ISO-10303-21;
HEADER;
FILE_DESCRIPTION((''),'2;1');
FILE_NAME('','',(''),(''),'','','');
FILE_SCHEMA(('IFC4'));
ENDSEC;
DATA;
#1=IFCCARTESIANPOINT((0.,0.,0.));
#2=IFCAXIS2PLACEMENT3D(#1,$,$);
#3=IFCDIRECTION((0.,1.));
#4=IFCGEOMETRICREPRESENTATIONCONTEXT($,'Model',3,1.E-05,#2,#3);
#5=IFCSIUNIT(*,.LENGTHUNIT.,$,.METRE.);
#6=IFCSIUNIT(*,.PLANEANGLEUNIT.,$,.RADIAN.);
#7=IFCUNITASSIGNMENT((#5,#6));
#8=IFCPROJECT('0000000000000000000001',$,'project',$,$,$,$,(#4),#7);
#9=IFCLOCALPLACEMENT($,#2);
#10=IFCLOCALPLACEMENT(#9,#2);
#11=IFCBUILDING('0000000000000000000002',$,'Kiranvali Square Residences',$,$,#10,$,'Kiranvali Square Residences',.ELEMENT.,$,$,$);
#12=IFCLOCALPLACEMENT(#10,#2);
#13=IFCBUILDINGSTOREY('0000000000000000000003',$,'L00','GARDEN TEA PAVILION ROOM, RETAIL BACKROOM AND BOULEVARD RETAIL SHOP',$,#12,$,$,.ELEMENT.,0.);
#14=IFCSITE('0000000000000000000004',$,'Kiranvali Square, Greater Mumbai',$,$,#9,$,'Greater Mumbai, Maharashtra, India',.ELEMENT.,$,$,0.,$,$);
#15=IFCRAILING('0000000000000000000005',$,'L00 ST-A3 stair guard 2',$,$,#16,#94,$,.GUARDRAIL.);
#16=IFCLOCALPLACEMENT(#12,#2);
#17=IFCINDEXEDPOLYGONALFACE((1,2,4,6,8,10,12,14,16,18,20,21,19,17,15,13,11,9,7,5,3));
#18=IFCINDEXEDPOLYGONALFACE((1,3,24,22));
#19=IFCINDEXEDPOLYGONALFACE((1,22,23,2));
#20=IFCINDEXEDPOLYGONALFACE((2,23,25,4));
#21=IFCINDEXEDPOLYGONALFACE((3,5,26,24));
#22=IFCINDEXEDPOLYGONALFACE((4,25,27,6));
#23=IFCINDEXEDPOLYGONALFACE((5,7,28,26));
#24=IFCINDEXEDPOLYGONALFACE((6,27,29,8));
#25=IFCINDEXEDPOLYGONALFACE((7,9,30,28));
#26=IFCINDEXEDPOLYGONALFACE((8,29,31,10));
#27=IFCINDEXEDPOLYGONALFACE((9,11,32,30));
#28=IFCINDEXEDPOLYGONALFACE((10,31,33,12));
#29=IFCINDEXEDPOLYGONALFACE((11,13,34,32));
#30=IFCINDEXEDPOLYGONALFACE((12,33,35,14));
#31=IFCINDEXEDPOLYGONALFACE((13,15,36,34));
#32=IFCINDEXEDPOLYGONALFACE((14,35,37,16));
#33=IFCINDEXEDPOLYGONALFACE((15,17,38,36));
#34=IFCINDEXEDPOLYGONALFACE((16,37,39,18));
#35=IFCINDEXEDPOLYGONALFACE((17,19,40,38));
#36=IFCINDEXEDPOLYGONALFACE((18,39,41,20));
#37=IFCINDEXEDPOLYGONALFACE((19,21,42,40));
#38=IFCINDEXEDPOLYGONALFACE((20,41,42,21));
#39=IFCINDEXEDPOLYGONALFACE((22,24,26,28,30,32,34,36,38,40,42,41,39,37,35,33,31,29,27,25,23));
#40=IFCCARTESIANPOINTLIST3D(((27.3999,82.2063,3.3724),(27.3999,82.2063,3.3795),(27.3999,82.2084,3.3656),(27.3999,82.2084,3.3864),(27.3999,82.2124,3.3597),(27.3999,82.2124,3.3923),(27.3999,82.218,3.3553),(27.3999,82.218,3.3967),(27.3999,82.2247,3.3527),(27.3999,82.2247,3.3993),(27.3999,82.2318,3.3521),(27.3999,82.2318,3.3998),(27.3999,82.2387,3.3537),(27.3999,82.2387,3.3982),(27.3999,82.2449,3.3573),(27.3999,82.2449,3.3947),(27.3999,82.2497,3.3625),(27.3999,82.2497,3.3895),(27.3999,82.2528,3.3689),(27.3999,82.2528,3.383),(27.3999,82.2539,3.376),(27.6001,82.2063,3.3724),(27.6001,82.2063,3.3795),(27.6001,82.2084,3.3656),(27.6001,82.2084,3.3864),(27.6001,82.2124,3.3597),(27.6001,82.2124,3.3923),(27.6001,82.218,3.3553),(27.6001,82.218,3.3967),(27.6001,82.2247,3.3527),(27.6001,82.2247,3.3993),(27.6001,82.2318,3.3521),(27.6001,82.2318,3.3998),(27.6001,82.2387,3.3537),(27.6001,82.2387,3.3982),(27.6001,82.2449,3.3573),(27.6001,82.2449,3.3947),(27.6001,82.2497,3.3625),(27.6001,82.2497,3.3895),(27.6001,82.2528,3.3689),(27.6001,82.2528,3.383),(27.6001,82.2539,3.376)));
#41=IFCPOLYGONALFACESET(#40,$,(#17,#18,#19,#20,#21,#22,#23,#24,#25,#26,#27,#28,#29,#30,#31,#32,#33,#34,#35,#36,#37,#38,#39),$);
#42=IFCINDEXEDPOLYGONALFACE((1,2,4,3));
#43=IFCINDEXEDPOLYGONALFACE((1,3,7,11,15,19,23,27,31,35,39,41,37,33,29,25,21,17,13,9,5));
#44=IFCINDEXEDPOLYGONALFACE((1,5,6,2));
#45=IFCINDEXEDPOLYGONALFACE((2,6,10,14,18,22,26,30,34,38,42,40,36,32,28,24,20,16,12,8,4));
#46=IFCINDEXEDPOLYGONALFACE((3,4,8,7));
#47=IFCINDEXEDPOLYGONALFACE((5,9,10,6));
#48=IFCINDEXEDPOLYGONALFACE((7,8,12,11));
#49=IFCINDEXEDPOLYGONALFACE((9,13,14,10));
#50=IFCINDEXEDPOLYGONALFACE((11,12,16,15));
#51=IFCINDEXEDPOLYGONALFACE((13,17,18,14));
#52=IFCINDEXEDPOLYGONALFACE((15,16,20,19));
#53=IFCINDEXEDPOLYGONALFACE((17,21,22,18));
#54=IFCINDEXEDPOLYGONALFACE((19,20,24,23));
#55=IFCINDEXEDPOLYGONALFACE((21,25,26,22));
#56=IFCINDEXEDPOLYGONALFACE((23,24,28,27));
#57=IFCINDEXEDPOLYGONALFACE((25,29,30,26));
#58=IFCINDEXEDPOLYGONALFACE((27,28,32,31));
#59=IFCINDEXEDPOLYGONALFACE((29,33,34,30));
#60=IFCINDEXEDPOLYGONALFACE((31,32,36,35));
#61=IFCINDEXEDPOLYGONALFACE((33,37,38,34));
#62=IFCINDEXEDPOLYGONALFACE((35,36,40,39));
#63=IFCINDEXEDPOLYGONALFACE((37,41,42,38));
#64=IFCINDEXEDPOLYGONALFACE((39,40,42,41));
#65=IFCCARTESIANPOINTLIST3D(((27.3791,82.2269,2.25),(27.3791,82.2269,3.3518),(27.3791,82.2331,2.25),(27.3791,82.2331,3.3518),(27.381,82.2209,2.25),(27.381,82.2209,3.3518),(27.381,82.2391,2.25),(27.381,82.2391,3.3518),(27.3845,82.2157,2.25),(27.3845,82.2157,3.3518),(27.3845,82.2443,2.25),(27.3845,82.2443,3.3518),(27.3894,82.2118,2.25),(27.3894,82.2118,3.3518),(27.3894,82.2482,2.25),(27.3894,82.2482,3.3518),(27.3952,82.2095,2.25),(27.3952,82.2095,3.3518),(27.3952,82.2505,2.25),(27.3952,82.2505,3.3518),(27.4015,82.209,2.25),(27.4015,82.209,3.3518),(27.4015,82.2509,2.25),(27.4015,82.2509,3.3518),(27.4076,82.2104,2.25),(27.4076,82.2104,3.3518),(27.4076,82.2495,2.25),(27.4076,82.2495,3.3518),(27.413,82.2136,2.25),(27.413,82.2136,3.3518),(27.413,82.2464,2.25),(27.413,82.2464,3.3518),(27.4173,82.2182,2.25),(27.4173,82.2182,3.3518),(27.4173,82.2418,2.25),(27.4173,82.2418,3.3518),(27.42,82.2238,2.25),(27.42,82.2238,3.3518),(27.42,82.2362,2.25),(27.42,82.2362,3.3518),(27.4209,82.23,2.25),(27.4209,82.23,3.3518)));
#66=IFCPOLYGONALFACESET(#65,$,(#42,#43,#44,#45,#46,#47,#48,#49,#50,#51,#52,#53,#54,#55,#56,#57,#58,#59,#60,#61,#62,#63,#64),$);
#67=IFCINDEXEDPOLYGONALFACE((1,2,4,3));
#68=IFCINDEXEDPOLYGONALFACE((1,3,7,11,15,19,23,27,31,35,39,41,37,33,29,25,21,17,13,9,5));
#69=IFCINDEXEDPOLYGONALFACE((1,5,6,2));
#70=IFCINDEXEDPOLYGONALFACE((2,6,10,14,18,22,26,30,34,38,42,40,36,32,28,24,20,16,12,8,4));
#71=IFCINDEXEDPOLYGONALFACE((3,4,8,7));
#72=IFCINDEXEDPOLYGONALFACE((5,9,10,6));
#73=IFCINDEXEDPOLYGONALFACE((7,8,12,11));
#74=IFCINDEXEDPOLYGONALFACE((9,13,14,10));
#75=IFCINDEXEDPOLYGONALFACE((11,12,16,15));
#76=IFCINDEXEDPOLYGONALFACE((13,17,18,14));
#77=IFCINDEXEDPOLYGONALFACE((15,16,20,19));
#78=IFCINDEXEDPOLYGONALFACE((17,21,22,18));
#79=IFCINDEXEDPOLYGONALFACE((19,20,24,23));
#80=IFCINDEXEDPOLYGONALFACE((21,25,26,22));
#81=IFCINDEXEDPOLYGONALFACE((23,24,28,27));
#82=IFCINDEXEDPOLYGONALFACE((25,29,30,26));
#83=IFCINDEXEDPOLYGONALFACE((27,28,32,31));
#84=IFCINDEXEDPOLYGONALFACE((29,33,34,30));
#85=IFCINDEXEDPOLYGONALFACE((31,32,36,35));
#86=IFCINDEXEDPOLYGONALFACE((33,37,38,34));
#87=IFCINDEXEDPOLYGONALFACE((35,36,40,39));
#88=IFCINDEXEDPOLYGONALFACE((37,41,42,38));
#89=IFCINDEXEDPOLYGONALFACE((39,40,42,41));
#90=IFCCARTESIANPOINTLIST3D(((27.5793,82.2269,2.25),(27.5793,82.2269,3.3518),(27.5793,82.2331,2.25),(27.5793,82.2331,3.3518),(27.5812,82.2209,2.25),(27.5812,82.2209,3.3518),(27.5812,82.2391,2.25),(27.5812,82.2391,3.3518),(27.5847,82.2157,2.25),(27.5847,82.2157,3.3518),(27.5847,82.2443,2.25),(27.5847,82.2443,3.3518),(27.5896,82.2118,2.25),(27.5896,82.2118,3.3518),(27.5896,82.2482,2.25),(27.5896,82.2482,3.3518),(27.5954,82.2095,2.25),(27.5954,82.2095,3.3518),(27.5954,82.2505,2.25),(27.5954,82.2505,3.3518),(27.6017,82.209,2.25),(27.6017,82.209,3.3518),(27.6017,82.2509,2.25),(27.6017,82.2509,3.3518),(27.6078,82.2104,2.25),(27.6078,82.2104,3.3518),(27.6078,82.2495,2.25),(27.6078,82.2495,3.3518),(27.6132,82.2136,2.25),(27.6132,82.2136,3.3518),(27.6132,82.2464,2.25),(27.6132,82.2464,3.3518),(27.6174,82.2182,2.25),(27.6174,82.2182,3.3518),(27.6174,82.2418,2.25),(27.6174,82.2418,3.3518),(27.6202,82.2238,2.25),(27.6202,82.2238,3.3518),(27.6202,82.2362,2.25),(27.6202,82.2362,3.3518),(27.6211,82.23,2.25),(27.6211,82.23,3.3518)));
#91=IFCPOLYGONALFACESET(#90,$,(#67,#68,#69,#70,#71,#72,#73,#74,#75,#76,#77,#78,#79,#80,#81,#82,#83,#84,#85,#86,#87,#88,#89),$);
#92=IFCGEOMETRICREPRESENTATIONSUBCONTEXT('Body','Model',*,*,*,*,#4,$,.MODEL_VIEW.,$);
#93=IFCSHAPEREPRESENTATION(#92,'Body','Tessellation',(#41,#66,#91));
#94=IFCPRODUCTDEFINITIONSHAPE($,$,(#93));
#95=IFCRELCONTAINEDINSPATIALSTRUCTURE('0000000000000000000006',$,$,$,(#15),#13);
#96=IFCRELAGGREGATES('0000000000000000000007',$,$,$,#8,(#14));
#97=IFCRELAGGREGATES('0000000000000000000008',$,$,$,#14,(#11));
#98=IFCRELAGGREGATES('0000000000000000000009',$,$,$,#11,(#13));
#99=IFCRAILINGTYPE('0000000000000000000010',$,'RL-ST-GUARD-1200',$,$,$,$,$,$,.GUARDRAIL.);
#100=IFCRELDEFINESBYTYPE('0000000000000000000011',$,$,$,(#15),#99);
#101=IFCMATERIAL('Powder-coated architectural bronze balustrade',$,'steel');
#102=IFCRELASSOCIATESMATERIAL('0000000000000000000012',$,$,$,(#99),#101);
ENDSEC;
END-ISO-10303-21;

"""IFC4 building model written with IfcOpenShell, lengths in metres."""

from ifc_helpers import new_model, si_unit, direction, frame, origin, origin_2d, place, context, subcontext, project, spatial, circle, extrude, material, type_object, element, save


model = new_model("IFC4")

# Units and contexts
model_context = context("Model", 3, precision=1e-05, world=origin(), true_north=direction((0.0, 1.0)))
body_context = subcontext(model_context, "Body", "Model", "MODEL_VIEW")
ifc_project = project(units=[si_unit("LENGTHUNIT", "METRE"), si_unit("PLANEANGLEUNIT", "RADIAN")], contexts=[model_context])

# Site, building, storey
site_placement = place(None, origin())
site = spatial("IfcSite", under=ifc_project, at=site_placement, Name="Kiranvali Square, Greater Mumbai", LongName="Greater Mumbai, Maharashtra, India", CompositionType="ELEMENT", RefElevation=0.0)
building_placement = place(site_placement, origin())
building = spatial("IfcBuilding", under=site, at=building_placement, Name="Kiranvali Square Residences", LongName="Kiranvali Square Residences", CompositionType="ELEMENT")
storey_placement = place(building_placement, origin())
storey = spatial("IfcBuildingStorey", under=building, at=storey_placement, Name="L00", Description="GARDEN TEA PAVILION ROOM, RETAIL BACKROOM AND BOULEVARD RETAIL SHOP", CompositionType="ELEMENT", Elevation=0.0)

# Railing
ifc_material_1 = material(Name="Powder-coated architectural bronze balustrade", Category="steel")
railing_type_1 = type_object("IfcRailingType", Name="RL-ST-GUARD-1200", PredefinedType="GUARDRAIL", material=ifc_material_1)
railing_1_placement = place(storey_placement, frame((27.3999, 82.23, 2.25)))
element("IfcRailing", 1, at=railing_1_placement, inside=storey, type_object=railing_type_1, Name="L00 ST-A3 stair guard 2", PredefinedType="GUARDRAIL", context=body_context, shape_type="SweptSolid", body=[
    extrude(circle(Radius=0.0239, at=origin_2d()), frame((0.0, 0.0, 1.126), z_axis=(1.0, 0.0, 0.0), x_axis=(0.0, 1.0, 0.0)), (0.0, 0.0, 1.0), 0.2002),
    extrude(circle(Radius=0.021, at=origin_2d()), origin(), (0.0, 0.0, 1.0), 1.1018),
    extrude(circle(Radius=0.021, at=origin_2d()), frame((0.2002, 0.0, 0.0)), (0.0, 0.0, 1.0), 1.1018),
])

save(model, "model.ifc")
